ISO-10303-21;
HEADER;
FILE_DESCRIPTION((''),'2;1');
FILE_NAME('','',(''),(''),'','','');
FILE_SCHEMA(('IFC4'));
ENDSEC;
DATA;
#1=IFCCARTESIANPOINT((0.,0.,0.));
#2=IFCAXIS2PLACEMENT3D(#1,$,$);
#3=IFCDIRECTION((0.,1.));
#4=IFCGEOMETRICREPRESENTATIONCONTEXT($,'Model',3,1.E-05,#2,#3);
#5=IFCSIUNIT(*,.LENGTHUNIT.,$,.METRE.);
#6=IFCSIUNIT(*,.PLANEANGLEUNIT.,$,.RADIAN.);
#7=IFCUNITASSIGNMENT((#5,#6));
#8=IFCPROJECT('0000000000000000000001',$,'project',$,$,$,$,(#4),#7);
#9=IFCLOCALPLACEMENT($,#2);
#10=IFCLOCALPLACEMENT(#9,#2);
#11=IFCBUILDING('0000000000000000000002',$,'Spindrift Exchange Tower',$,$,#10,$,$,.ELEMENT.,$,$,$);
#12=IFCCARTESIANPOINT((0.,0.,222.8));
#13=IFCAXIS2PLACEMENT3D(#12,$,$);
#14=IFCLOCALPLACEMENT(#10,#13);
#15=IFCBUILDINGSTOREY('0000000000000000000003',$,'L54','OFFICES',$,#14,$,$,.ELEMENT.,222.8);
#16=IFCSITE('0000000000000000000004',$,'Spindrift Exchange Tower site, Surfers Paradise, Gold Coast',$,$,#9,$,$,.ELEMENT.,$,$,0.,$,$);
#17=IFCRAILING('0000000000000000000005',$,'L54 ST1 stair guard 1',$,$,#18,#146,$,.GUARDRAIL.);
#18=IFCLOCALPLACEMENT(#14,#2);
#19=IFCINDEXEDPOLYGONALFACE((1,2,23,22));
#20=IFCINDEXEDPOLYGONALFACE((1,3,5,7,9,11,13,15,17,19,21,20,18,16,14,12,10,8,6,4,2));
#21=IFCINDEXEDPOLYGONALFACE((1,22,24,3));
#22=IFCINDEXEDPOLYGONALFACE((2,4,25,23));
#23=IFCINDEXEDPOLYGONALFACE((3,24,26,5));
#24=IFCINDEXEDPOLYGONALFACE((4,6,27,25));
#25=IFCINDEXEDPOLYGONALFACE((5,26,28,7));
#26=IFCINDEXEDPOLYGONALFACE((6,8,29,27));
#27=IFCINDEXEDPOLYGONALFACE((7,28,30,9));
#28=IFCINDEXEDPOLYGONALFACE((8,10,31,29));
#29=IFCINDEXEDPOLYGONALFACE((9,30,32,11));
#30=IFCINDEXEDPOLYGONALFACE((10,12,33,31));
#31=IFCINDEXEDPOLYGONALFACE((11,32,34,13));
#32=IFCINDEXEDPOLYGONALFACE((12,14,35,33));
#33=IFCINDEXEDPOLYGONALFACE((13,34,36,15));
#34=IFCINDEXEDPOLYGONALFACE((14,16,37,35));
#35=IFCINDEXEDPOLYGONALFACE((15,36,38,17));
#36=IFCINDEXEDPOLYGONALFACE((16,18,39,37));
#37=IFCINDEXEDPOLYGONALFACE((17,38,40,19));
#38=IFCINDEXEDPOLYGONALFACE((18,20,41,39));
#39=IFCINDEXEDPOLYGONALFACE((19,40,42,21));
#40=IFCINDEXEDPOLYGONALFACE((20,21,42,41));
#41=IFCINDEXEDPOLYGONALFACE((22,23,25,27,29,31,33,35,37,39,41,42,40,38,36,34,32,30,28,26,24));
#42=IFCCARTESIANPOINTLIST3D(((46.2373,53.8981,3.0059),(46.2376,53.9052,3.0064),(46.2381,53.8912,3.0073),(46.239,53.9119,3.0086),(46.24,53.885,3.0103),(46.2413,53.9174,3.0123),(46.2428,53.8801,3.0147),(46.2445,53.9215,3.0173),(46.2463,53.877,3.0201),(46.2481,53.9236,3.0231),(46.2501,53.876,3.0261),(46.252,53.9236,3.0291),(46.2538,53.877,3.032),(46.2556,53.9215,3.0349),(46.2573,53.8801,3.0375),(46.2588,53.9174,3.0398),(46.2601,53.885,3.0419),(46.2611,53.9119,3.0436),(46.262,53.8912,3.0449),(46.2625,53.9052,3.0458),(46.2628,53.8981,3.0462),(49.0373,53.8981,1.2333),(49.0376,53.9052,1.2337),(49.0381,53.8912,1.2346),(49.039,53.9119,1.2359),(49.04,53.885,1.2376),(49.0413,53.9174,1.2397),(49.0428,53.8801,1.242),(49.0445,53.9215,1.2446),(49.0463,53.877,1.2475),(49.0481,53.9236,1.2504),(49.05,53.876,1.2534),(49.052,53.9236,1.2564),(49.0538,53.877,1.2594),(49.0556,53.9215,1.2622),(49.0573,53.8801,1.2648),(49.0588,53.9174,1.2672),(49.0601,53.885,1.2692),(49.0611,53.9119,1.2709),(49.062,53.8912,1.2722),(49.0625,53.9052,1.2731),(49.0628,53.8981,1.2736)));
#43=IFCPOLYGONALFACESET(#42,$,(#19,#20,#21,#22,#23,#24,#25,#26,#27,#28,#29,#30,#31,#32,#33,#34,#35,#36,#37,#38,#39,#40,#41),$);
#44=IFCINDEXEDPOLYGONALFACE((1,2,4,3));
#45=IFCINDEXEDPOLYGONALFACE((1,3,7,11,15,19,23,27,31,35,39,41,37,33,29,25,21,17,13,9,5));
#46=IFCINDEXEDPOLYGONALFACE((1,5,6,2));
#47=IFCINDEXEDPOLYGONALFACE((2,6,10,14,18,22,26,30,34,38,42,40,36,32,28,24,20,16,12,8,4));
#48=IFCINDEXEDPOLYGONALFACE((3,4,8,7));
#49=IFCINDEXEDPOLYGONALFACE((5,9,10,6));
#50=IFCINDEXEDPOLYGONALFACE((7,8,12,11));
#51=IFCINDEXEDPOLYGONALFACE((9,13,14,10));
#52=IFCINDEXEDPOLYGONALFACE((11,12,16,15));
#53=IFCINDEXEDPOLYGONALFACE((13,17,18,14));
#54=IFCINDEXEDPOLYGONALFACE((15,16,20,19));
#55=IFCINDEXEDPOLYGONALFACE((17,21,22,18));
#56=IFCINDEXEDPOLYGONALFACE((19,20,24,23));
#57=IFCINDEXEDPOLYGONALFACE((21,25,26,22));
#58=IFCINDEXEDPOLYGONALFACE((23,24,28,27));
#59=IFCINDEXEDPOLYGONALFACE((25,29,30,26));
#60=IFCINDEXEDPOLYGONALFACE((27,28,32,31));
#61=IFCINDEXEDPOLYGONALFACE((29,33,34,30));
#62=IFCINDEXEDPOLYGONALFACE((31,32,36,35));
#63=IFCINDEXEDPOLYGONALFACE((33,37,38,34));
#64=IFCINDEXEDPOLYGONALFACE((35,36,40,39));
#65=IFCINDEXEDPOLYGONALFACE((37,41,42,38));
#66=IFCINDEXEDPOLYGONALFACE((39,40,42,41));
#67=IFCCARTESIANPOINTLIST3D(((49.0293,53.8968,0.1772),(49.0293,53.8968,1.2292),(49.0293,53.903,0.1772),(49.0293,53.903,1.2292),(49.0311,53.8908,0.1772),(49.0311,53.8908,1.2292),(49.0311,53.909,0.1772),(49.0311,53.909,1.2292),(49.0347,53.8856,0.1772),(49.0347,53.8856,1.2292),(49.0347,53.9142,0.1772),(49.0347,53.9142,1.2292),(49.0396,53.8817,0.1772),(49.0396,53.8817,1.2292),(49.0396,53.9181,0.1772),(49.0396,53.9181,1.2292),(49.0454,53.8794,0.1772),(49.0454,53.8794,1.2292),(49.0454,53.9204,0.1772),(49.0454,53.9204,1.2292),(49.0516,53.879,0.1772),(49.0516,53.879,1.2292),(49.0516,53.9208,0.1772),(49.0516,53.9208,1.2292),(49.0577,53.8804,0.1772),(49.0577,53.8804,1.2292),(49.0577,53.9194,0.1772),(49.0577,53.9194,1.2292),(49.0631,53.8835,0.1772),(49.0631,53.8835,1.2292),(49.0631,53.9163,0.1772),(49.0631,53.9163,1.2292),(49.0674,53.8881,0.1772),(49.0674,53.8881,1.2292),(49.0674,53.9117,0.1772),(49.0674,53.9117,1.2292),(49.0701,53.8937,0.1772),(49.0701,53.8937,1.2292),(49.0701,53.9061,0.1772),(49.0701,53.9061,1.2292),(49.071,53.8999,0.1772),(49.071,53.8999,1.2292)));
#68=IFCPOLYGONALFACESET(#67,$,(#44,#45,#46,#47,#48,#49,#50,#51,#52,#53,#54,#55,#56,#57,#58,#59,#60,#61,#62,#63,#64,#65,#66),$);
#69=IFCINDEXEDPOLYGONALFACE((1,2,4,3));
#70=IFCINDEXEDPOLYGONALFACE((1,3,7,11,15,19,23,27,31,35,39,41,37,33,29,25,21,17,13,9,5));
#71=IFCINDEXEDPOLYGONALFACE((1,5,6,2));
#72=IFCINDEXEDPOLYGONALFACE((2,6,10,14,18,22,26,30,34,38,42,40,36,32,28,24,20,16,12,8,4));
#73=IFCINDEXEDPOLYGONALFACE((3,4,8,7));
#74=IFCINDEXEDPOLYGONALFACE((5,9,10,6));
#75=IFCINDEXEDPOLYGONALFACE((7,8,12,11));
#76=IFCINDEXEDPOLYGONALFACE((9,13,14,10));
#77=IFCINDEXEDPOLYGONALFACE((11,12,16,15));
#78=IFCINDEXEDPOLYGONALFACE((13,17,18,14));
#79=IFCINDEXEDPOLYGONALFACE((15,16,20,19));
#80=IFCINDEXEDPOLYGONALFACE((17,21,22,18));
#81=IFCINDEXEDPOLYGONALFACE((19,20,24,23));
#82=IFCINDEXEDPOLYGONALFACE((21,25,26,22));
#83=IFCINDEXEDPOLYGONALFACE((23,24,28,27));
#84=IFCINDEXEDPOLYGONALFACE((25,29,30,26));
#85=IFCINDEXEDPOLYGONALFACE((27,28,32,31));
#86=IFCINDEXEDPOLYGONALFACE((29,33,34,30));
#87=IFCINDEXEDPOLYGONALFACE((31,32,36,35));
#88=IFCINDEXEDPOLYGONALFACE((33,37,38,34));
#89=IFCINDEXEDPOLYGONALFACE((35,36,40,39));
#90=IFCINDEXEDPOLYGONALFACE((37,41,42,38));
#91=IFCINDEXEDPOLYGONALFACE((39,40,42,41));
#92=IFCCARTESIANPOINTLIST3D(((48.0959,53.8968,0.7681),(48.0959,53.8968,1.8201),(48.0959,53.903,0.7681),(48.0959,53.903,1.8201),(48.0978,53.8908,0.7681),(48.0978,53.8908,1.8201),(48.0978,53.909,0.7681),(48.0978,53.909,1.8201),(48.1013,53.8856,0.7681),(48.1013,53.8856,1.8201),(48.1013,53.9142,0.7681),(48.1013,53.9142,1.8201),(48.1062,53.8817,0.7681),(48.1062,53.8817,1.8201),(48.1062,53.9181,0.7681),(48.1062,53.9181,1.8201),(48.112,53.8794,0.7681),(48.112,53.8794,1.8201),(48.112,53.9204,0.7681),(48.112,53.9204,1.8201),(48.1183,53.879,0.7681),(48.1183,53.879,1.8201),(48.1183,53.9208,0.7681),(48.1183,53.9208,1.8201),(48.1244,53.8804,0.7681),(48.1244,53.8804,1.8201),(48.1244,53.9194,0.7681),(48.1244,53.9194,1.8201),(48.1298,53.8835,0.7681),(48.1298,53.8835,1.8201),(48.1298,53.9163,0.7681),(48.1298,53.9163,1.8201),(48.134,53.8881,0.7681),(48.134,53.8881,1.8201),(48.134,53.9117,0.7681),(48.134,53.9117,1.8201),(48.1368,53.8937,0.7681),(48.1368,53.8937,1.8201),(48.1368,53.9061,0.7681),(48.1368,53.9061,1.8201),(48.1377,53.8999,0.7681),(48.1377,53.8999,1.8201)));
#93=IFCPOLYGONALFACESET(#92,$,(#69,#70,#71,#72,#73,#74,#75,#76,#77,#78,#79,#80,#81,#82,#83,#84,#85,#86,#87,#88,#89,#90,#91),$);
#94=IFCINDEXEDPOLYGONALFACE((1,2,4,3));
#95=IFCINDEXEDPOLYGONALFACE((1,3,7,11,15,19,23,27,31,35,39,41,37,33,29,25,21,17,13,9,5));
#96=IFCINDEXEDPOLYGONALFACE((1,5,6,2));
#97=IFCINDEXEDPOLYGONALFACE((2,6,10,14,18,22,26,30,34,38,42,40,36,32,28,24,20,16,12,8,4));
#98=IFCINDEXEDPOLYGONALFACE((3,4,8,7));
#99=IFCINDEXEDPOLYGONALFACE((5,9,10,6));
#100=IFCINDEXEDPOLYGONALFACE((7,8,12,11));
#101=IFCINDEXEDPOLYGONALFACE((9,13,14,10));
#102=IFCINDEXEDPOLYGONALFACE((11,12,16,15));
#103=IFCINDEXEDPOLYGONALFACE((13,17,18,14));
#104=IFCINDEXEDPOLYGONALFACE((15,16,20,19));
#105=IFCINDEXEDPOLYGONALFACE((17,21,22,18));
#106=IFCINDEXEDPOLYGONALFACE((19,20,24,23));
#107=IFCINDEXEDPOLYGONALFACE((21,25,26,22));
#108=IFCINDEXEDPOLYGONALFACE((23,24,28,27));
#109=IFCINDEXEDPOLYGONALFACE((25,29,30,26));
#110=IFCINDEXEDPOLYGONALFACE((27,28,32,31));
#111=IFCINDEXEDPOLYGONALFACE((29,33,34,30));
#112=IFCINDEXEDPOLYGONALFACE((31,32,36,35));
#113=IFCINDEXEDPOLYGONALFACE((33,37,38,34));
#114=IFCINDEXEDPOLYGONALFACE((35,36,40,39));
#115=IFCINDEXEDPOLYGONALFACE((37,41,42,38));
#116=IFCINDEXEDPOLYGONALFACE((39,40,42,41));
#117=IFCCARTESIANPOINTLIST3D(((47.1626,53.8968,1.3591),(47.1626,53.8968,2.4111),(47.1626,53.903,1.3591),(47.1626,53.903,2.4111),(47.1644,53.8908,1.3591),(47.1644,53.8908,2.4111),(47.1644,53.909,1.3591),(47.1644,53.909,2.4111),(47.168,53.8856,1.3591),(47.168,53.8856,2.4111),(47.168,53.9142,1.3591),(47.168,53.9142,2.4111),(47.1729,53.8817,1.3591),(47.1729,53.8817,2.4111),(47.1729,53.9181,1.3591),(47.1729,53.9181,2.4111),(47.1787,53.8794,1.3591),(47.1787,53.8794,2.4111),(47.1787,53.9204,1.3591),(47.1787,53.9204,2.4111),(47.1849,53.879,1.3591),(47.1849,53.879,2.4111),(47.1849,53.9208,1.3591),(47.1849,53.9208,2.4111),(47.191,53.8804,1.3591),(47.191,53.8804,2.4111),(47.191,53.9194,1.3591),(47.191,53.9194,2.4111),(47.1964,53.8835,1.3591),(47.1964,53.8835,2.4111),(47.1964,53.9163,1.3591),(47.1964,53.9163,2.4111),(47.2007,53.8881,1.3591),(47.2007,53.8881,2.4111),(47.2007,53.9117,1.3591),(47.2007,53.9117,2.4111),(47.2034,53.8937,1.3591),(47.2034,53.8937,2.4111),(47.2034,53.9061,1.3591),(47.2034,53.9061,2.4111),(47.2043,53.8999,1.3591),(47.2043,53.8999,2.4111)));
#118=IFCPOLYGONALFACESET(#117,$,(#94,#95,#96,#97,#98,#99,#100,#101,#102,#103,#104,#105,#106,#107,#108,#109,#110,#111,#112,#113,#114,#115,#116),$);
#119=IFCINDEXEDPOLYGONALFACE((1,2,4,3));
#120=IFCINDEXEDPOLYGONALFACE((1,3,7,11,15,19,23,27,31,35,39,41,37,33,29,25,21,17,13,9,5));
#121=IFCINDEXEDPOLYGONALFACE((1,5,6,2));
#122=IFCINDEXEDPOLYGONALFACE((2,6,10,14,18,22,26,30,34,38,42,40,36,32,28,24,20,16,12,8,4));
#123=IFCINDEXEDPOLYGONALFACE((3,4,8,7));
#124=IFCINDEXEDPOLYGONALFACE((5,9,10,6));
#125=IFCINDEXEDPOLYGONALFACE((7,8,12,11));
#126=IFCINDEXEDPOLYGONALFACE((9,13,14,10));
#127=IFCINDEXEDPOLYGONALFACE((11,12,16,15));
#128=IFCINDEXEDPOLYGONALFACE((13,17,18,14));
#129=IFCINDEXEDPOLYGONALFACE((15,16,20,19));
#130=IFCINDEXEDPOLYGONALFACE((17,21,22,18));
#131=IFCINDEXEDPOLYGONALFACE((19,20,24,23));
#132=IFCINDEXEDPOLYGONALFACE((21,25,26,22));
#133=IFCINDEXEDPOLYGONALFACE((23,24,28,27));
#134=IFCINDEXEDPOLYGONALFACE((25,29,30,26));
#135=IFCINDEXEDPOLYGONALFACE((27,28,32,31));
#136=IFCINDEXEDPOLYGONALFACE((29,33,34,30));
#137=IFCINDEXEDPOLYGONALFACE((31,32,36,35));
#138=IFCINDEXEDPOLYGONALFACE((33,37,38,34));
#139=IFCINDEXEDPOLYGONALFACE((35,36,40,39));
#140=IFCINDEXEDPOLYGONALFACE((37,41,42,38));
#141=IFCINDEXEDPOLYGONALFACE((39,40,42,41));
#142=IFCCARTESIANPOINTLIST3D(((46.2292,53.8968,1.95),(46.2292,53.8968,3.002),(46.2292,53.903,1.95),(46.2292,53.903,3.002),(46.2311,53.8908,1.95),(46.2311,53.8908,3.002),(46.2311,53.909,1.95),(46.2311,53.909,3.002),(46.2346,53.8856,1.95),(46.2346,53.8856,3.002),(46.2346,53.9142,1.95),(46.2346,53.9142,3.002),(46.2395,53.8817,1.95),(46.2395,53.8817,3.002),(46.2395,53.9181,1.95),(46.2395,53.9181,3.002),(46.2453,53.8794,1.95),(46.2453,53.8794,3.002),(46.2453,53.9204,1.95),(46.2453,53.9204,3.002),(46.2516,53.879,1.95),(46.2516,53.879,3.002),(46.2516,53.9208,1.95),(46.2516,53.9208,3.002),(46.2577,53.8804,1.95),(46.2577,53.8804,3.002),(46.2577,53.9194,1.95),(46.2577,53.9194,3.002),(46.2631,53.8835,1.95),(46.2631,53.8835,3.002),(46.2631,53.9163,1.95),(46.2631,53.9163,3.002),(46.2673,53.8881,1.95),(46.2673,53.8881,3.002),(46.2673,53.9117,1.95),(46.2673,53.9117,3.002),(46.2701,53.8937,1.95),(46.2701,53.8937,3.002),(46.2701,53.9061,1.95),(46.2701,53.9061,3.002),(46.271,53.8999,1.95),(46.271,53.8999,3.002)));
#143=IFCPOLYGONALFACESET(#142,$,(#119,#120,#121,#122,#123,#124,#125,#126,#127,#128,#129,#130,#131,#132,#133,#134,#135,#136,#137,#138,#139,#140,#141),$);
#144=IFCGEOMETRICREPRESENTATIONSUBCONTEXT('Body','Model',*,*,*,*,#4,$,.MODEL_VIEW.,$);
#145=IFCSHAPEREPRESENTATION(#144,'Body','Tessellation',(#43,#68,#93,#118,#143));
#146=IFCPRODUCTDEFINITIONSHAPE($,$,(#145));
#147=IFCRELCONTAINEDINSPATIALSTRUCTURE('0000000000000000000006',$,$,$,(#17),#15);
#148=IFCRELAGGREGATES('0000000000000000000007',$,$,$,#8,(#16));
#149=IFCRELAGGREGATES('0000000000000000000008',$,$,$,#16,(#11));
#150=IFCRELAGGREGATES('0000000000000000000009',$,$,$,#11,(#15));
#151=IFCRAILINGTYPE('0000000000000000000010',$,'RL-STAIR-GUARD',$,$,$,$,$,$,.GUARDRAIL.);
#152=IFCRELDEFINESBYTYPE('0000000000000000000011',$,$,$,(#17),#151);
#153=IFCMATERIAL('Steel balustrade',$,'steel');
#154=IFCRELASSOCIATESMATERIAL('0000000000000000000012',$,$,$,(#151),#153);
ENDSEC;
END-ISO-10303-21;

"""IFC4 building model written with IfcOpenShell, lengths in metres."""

from ifc_helpers import new_model, si_unit, direction, frame, origin, origin_2d, place, context, subcontext, project, spatial, circle, extrude, material, type_object, element, save


model = new_model("IFC4")

# Units and contexts
model_context = context("Model", 3, precision=1e-05, world=origin(), true_north=direction((0.0, 1.0)))
body_context = subcontext(model_context, "Body", "Model", "MODEL_VIEW")
ifc_project = project(units=[si_unit("LENGTHUNIT", "METRE"), si_unit("PLANEANGLEUNIT", "RADIAN")], contexts=[model_context])

# Site, building, storey
site_placement = place(None, origin())
site = spatial("IfcSite", under=ifc_project, at=site_placement, Name="Spindrift Exchange Tower site, Surfers Paradise, Gold Coast", CompositionType="ELEMENT", RefElevation=0.0)
building_placement = place(site_placement, origin())
building = spatial("IfcBuilding", under=site, at=building_placement, Name="Spindrift Exchange Tower", CompositionType="ELEMENT")
storey_placement = place(building_placement, frame((0.0, 0.0, 222.8)))
storey = spatial("IfcBuildingStorey", under=building, at=storey_placement, Name="L54", Description="OFFICES", CompositionType="ELEMENT", Elevation=222.8)

# Railing
ifc_material_1 = material(Name="Steel balustrade", Category="steel")
railing_type_1 = type_object("IfcRailingType", Name="RL-STAIR-GUARD", PredefinedType="GUARDRAIL", material=ifc_material_1)
railing_1_placement = place(storey_placement, frame((49.05, 53.8999, 0.1772)))
element("IfcRailing", 1, at=railing_1_placement, inside=storey, type_object=railing_type_1, Name="L54 ST1 stair guard 1", PredefinedType="GUARDRAIL", context=body_context, shape_type="SweptSolid", body=[
    extrude(circle(Radius=0.0239, at=origin_2d()), frame((0.0, 0.0, 1.0762), z_axis=(-0.844909, 0.0, 0.53491), x_axis=(0.0, -1.0, 0.0)), (0.0, 0.0, 1.0), 3.314),
    extrude(circle(Radius=0.021, at=origin_2d()), origin(), (0.0, 0.0, 1.0), 1.052),
    extrude(circle(Radius=0.021, at=origin_2d()), frame((-0.9333, 0.0, 0.5908)), (0.0, 0.0, 1.0), 1.052),
    extrude(circle(Radius=0.021, at=origin_2d()), frame((-1.8667, 0.0, 1.1819)), (0.0, 0.0, 1.0), 1.052),
    extrude(circle(Radius=0.021, at=origin_2d()), frame((-2.8, 0.0, 1.7727)), (0.0, 0.0, 1.0), 1.052),
])

save(model, "model.ifc")
